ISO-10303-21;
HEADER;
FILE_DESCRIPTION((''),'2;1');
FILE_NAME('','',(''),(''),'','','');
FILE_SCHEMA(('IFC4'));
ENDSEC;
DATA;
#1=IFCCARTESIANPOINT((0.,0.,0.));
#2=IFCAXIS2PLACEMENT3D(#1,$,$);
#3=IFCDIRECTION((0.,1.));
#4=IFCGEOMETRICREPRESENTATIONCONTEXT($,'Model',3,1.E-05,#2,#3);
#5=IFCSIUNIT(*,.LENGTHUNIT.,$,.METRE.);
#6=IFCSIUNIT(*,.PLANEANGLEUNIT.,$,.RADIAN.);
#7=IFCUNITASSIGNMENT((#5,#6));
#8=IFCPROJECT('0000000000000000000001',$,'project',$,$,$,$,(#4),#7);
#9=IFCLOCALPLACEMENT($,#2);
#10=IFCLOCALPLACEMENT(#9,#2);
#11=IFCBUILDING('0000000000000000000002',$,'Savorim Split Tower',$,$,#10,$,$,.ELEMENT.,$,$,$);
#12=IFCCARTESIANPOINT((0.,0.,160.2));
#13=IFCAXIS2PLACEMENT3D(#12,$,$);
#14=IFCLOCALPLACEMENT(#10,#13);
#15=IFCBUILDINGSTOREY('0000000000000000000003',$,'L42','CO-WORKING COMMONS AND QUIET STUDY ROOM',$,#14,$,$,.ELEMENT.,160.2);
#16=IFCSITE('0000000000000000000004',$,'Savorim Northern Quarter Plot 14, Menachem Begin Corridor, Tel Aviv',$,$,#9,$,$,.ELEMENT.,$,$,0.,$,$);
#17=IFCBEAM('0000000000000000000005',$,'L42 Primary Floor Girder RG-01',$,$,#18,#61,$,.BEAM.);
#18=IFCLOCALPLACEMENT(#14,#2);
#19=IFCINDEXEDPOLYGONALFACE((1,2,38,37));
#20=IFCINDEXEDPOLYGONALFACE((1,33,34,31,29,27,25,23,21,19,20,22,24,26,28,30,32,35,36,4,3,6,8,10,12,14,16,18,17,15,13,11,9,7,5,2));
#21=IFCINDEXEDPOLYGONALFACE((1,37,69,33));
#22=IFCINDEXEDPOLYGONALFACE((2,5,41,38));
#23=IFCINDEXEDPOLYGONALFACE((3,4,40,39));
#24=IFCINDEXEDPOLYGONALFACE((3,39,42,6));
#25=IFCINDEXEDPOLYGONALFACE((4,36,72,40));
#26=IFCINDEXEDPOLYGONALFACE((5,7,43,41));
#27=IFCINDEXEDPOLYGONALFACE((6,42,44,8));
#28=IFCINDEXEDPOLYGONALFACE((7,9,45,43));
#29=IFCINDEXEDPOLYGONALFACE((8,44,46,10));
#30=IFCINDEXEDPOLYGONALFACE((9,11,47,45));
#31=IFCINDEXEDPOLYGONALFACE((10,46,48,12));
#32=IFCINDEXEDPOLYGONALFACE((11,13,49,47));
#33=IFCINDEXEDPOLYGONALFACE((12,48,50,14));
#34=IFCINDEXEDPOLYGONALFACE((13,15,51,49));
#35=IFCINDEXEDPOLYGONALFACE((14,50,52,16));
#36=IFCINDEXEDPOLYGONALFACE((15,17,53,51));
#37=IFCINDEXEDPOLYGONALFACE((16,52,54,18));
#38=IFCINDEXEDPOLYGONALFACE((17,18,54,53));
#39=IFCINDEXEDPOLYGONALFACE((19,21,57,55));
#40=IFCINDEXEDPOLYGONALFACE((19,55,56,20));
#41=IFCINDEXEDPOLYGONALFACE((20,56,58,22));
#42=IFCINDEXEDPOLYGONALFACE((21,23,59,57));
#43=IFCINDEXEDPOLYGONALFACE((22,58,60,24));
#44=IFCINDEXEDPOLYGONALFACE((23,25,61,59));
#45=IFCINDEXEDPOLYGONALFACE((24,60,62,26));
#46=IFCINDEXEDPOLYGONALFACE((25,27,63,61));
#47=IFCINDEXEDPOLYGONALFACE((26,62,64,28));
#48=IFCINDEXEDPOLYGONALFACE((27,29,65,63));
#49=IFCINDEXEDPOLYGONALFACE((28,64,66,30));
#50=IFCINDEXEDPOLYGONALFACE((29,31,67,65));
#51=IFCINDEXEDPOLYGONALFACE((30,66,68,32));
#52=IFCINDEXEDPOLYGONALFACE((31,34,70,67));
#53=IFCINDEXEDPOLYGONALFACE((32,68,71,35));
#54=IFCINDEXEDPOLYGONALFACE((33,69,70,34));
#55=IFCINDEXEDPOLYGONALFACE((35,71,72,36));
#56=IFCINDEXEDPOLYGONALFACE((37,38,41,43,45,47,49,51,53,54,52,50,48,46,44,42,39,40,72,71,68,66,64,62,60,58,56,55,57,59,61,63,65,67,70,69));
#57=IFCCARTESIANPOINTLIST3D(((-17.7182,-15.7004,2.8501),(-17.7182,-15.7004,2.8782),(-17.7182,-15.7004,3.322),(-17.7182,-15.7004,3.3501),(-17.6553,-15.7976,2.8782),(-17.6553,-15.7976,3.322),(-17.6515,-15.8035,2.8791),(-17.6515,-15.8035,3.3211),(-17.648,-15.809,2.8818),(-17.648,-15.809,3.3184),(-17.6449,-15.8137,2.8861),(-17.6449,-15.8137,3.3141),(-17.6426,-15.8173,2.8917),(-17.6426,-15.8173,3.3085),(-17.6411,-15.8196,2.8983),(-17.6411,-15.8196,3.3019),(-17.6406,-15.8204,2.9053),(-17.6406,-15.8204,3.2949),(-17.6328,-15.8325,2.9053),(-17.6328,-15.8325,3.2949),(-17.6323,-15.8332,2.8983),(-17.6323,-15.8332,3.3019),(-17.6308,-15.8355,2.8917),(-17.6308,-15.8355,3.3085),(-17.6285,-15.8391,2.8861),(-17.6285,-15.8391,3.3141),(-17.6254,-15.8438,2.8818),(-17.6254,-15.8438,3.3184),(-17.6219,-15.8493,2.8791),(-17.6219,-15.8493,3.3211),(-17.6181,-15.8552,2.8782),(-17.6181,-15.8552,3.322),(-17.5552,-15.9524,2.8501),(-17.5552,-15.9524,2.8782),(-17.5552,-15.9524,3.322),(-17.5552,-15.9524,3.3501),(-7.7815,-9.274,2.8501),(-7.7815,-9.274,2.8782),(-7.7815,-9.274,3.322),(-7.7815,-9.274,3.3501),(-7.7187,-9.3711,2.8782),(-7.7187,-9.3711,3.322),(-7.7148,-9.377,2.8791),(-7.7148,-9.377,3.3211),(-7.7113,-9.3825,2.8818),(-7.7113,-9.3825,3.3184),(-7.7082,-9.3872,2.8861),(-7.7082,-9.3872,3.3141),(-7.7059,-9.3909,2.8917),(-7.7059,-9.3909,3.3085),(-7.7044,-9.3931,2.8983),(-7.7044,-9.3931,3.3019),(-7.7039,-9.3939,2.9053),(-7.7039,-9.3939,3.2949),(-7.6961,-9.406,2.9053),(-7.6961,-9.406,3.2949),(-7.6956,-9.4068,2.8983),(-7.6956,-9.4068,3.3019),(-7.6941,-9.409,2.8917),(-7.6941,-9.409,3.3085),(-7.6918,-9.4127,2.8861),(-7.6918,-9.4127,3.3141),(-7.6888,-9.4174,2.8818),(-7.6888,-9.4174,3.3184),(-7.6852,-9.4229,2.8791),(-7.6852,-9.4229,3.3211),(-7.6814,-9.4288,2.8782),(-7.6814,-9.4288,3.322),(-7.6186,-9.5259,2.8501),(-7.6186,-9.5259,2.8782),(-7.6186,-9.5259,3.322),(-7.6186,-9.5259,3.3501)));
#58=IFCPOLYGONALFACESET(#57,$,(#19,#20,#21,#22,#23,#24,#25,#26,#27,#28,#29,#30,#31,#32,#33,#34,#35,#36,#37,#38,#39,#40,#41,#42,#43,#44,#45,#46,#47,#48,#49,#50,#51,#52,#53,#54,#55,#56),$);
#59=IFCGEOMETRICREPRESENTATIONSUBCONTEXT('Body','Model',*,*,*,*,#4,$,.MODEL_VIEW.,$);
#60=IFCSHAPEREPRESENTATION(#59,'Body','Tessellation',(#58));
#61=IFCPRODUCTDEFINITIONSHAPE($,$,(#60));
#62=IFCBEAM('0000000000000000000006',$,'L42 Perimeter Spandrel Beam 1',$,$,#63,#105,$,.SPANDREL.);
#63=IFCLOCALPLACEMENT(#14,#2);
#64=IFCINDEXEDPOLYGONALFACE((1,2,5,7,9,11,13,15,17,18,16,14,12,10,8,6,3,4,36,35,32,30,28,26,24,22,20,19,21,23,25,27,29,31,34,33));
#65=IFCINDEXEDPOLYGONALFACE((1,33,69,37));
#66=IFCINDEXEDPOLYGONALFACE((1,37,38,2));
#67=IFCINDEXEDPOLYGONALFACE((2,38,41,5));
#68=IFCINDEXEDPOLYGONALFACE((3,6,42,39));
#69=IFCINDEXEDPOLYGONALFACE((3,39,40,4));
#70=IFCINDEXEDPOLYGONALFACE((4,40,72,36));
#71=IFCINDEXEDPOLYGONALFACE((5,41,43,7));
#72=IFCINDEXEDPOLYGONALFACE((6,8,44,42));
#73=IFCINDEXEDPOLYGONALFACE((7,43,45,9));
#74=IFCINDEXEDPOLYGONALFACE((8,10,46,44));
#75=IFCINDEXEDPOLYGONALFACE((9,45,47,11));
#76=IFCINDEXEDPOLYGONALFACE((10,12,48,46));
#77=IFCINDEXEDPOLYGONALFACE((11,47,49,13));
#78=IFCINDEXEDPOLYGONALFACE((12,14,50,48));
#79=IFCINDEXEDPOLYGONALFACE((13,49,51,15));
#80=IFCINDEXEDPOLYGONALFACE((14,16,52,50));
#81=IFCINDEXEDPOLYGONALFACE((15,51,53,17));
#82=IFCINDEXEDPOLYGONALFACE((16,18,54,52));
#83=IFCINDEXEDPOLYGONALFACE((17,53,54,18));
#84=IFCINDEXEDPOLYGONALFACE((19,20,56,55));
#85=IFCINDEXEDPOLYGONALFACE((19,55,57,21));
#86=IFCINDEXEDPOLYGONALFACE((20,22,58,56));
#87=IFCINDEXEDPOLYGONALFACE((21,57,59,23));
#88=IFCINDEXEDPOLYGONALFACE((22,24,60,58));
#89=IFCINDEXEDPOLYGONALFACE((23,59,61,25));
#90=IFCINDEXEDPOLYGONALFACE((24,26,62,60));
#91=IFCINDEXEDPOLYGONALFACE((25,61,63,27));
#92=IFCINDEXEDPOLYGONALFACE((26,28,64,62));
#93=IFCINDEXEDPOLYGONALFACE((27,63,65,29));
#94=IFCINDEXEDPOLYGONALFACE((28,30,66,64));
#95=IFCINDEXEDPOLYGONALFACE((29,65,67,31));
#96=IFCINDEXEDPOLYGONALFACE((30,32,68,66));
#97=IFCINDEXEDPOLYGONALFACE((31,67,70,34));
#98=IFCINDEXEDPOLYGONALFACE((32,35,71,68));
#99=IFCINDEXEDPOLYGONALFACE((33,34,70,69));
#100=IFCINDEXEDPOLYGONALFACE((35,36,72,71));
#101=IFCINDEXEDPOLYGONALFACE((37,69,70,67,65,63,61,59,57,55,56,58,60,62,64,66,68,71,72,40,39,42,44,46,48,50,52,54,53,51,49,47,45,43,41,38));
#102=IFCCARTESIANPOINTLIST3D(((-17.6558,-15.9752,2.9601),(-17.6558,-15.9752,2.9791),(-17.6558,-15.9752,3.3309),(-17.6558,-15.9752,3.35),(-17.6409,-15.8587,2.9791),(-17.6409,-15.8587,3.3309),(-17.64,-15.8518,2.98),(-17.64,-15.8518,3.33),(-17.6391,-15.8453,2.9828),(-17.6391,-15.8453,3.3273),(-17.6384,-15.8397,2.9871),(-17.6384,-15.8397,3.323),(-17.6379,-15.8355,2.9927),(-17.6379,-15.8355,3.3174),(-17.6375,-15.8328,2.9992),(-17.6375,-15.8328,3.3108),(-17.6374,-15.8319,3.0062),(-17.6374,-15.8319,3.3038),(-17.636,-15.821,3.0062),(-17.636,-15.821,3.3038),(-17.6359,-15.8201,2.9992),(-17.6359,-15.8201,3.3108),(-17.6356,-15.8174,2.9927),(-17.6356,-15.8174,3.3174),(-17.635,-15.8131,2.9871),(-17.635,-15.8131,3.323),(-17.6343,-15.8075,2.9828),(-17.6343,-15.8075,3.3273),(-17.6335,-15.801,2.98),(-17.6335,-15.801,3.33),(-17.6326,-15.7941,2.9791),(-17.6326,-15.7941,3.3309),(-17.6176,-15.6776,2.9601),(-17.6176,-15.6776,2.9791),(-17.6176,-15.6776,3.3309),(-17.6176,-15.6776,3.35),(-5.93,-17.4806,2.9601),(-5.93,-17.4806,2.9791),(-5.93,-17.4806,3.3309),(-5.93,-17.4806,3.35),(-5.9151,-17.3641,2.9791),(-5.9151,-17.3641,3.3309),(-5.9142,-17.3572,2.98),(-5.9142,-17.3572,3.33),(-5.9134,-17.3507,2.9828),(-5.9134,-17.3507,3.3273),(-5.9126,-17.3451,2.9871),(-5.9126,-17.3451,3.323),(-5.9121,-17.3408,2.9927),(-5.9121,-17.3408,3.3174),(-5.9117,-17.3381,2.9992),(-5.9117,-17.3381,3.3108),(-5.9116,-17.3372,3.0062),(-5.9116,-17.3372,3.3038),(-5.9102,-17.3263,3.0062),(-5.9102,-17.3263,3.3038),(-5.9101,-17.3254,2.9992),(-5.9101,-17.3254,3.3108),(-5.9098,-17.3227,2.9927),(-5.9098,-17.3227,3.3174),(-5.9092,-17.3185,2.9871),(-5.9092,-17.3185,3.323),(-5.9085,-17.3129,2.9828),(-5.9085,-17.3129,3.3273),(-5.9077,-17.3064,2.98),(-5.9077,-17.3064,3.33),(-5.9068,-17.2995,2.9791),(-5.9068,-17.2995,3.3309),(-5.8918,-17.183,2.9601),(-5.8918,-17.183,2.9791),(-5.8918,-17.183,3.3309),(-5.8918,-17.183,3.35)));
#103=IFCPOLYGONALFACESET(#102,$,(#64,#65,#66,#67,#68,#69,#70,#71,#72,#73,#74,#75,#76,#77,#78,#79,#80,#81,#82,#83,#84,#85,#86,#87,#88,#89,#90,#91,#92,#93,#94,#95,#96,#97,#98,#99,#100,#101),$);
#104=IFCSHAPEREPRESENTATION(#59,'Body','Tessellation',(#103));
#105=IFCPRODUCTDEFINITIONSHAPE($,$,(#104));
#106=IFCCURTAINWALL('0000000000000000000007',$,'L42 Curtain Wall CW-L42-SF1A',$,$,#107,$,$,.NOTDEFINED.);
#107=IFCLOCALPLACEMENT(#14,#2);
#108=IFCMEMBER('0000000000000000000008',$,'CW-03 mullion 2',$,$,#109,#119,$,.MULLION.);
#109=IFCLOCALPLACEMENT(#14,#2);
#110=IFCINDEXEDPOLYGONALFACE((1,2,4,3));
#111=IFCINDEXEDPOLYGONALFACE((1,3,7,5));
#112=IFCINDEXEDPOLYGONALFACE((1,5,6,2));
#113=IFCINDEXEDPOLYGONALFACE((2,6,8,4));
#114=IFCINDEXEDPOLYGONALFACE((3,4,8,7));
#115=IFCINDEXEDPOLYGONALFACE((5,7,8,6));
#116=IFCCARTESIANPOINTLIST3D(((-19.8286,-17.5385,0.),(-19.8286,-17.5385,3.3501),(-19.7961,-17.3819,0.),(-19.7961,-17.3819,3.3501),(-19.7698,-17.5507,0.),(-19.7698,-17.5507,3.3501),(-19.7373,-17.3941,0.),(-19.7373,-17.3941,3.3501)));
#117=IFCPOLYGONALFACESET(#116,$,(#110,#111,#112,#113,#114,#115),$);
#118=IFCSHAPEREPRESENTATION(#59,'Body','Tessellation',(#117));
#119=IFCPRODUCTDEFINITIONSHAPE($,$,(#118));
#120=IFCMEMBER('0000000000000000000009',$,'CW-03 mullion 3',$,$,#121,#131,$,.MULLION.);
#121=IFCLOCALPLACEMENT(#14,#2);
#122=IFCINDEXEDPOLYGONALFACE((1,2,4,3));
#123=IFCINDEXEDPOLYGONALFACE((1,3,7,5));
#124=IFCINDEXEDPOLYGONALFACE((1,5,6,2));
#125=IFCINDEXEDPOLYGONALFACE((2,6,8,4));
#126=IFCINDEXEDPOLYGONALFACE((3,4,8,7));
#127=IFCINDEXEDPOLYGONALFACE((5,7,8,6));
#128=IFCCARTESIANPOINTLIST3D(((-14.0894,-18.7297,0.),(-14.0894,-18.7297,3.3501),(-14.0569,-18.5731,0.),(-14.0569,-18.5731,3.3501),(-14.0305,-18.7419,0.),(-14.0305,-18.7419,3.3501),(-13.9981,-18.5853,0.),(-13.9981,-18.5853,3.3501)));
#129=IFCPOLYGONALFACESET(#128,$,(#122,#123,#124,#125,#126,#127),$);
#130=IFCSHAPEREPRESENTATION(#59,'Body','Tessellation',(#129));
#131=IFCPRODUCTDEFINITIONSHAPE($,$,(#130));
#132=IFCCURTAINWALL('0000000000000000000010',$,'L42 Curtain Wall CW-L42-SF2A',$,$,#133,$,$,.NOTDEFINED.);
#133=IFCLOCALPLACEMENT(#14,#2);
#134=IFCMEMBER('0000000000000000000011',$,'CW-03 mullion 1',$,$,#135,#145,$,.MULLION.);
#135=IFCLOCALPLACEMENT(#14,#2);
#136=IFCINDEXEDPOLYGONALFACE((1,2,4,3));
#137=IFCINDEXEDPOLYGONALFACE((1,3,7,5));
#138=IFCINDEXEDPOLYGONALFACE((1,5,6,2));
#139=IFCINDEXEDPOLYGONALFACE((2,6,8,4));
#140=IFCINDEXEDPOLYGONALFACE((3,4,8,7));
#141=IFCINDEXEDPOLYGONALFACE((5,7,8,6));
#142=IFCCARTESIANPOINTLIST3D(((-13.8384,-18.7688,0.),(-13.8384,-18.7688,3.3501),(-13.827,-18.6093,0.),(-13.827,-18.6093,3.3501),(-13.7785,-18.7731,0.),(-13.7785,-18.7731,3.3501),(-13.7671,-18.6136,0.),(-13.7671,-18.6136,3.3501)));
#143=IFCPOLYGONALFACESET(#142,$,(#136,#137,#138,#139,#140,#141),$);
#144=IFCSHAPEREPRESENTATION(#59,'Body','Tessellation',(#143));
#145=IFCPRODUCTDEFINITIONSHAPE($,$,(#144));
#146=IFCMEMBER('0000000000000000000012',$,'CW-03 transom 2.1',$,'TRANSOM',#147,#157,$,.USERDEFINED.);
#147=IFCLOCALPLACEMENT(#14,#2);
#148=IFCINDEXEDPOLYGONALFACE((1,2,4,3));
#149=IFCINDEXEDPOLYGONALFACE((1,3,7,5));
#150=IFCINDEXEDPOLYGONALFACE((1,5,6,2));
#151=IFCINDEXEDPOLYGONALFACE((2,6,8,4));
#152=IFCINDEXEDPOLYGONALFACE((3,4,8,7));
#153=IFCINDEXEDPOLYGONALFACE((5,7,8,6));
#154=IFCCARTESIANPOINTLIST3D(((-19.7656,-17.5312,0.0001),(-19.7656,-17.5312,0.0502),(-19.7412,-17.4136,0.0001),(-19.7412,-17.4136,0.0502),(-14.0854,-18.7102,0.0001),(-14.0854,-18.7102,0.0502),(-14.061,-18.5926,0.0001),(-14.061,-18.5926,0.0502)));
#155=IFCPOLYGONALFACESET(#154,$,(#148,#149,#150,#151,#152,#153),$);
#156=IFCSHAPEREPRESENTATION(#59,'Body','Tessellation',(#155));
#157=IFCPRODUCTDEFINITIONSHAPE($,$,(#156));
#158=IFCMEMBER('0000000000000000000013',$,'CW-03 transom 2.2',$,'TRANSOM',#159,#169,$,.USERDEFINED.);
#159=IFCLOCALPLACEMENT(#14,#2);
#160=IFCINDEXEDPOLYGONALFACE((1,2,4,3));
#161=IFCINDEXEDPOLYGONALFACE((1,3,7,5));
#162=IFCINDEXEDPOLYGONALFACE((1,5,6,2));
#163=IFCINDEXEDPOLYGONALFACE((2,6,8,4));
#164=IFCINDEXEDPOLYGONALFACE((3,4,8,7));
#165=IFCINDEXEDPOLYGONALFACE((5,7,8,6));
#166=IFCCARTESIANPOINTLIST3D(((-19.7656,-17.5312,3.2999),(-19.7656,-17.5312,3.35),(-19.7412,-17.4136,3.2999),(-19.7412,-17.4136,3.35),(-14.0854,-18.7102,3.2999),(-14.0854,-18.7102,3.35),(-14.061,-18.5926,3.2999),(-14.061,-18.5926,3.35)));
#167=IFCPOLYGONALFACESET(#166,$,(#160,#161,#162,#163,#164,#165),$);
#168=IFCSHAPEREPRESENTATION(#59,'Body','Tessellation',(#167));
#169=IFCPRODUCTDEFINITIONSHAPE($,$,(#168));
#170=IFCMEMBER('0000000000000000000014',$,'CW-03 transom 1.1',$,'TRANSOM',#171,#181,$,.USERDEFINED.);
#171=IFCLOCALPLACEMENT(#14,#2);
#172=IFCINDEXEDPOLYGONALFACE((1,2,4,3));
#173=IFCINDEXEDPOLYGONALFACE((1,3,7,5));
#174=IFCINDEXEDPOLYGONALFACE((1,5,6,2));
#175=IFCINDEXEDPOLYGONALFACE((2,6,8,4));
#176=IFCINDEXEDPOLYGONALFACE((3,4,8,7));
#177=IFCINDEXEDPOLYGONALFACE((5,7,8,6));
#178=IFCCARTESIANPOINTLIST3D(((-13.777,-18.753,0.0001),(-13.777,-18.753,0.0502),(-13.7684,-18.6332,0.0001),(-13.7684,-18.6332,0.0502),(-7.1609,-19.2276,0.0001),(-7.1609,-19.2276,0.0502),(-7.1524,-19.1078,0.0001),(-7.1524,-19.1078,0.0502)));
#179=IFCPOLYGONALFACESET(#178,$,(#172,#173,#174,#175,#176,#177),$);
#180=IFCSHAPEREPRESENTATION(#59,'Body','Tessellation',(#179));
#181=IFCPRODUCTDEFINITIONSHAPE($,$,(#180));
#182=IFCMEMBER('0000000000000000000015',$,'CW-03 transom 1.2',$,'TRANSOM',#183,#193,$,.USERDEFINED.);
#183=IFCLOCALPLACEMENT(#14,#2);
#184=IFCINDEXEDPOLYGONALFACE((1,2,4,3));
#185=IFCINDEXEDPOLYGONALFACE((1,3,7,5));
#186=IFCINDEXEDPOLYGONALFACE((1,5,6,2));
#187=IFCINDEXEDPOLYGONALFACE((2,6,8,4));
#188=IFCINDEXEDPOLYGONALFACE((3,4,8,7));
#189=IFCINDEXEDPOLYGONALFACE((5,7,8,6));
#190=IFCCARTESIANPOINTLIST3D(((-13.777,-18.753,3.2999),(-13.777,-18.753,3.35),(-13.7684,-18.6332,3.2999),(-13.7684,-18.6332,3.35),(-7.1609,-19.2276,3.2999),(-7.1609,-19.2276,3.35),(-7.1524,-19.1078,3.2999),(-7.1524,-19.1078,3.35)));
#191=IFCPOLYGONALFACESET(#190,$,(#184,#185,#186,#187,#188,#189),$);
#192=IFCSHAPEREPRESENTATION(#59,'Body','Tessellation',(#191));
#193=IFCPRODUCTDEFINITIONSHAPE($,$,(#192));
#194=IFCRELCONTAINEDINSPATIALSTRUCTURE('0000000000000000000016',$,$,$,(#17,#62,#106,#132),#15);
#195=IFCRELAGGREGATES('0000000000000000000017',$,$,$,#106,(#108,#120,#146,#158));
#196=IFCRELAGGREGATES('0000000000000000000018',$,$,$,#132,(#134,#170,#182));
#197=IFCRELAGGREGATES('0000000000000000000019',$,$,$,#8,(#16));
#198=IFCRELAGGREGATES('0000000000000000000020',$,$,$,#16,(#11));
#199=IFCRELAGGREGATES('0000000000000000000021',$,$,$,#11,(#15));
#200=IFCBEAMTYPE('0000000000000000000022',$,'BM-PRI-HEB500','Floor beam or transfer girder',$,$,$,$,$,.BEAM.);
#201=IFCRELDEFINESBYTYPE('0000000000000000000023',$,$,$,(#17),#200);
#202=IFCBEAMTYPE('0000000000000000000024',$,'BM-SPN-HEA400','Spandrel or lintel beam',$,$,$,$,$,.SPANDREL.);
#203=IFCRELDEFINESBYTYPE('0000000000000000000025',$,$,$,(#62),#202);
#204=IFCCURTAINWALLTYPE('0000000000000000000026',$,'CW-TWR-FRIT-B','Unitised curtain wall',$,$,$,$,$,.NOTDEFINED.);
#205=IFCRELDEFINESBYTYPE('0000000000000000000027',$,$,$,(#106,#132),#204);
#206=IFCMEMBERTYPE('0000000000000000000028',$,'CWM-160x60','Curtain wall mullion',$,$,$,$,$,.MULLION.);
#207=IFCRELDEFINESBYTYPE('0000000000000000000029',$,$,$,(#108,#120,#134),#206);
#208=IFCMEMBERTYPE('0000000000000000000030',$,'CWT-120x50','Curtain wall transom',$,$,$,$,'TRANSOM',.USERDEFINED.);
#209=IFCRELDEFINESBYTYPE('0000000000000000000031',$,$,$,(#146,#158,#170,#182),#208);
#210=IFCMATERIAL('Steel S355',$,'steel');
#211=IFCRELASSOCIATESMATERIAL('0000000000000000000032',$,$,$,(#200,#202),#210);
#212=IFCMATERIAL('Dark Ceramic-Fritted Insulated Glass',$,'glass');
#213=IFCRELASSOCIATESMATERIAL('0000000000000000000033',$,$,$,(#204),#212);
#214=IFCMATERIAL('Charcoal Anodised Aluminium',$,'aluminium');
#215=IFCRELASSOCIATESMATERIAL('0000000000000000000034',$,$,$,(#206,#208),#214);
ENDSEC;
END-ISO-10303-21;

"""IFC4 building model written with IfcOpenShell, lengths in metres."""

from ifc_helpers import new_model, si_unit, direction, frame, origin, origin_2d, place, context, subcontext, project, spatial, rectangle, i_section, extrude, material, material_profile, profile_set, type_object, element, aggregate, save


model = new_model("IFC4")

# Units and contexts
model_context = context("Model", 3, precision=1e-05, world=origin(), true_north=direction((0.0, 1.0)))
body_context = subcontext(model_context, "Body", "Model", "MODEL_VIEW")
ifc_project = project(units=[si_unit("LENGTHUNIT", "METRE"), si_unit("PLANEANGLEUNIT", "RADIAN")], contexts=[model_context])

# Site, building, storey
site_placement = place(None, origin())
site = spatial("IfcSite", under=ifc_project, at=site_placement, Name="Savorim Northern Quarter Plot 14, Menachem Begin Corridor, Tel Aviv", CompositionType="ELEMENT", RefElevation=0.0)
building_placement = place(site_placement, origin())
building = spatial("IfcBuilding", under=site, at=building_placement, Name="Savorim Split Tower", CompositionType="ELEMENT")
storey_placement = place(building_placement, frame((0.0, 0.0, 160.2)))
storey = spatial("IfcBuildingStorey", under=building, at=storey_placement, Name="L42", Description="CO-WORKING COMMONS AND QUIET STUDY ROOM", CompositionType="ELEMENT", Elevation=160.2)

# Beams
ifc_material_1 = material(Name="Steel S355", Category="steel")
ifc_material_profile_1 = material_profile(ifc_material_1, i_section(OverallWidth=0.3, OverallDepth=0.5, WebThickness=0.0144, FlangeThickness=0.0281, FilletRadius=0.0271, at=origin_2d()), Name="HEB 500")
ifc_profile_set_1 = profile_set([ifc_material_profile_1], Name="Steel S355")
beam_type_1 = type_object("IfcBeamType", Name="BM-PRI-HEB500", Description="Floor beam or transfer girder", PredefinedType="BEAM", material=ifc_profile_set_1)
beam_1_placement = place(storey_placement, frame((-17.6367, -15.8264, 3.1001), z_axis=(0.839692, 0.543063, 0.0), x_axis=(-0.543063, 0.839692, 0.0)))
element("IfcBeam", 1, at=beam_1_placement, inside=storey, type_object=beam_type_1, Name="L42 Primary Floor Girder RG-01", PredefinedType="BEAM", context=body_context, shape_type="SweptSolid", body=[
    extrude(i_section(OverallWidth=0.3, OverallDepth=0.5, WebThickness=0.0144, FlangeThickness=0.0281, FilletRadius=0.0271, at=origin_2d()), origin(), (0.0, 0.0, 1.0), 11.8337),
])
ifc_material_profile_2 = material_profile(ifc_material_1, i_section(OverallWidth=0.3, OverallDepth=0.3899, WebThickness=0.011, FlangeThickness=0.019, FilletRadius=0.0271, at=origin_2d()), Name="HEA 400")
ifc_profile_set_2 = profile_set([ifc_material_profile_2], Name="Steel S355")
beam_type_2 = type_object("IfcBeamType", Name="BM-SPN-HEA400", Description="Spandrel or lintel beam", PredefinedType="SPANDREL", material=ifc_profile_set_2)
beam_2_placement = place(storey_placement, frame((-17.6367, -15.8264, 3.155), z_axis=(0.99186, -0.127336, 0.0), x_axis=(0.127336, 0.99186, 0.0)))
element("IfcBeam", 2, at=beam_2_placement, inside=storey, type_object=beam_type_2, Name="L42 Perimeter Spandrel Beam 1", PredefinedType="SPANDREL", context=body_context, shape_type="SweptSolid", body=[
    extrude(i_section(OverallWidth=0.3, OverallDepth=0.3899, WebThickness=0.011, FlangeThickness=0.019, FilletRadius=0.0271, at=origin_2d()), origin(), (0.0, 0.0, 1.0), 11.822),
])

# Curtain wall, members
ifc_material_2 = material(Name="Dark Ceramic-Fritted Insulated Glass", Category="glass")
curtain_wall_type = type_object("IfcCurtainWallType", Name="CW-TWR-FRIT-B", Description="Unitised curtain wall", PredefinedType="NOTDEFINED", material=ifc_material_2)
curtain_wall_1_placement = place(storey_placement, origin())
curtain_wall_1 = element("IfcCurtainWall", 3, at=curtain_wall_1_placement, inside=storey, type_object=curtain_wall_type, Name="L42 Curtain Wall CW-L42-SF1A", PredefinedType="NOTDEFINED")
ifc_material_3 = material(Name="Charcoal Anodised Aluminium", Category="aluminium")
ifc_material_profile_3 = material_profile(ifc_material_3, rectangle(XDim=0.1599, YDim=0.0601, at=origin_2d()), Name="ALU-M 160x60")
ifc_profile_set_3 = profile_set([ifc_material_profile_3], Name="Charcoal Anodised Aluminium")
member_type_1 = type_object("IfcMemberType", Name="CWM-160x60", Description="Curtain wall mullion", PredefinedType="MULLION", material=ifc_profile_set_3)
member_1_placement = place(storey_placement, frame((-19.783, -17.4663, 0.0), z_axis=(0.0, 0.0, 1.0), x_axis=(0.203212, 0.979135, 0.0)))
member_1 = element("IfcMember", 4, at=member_1_placement, type_object=member_type_1, Name="CW-03 mullion 2", PredefinedType="MULLION", context=body_context, shape_type="SweptSolid", body=[
    extrude(rectangle(XDim=0.1599, YDim=0.0601, at=origin_2d()), origin(), (0.0, 0.0, 1.0), 3.3501),
])
member_2_placement = place(storey_placement, frame((-14.0437, -18.6575, 0.0), z_axis=(0.0, 0.0, 1.0), x_axis=(0.203212, 0.979135, 0.0)))
member_2 = element("IfcMember", 5, at=member_2_placement, type_object=member_type_1, Name="CW-03 mullion 3", PredefinedType="MULLION", context=body_context, shape_type="SweptSolid", body=[
    extrude(rectangle(XDim=0.1599, YDim=0.0601, at=origin_2d()), origin(), (0.0, 0.0, 1.0), 3.3501),
])

# Curtain wall, member
curtain_wall_2_placement = place(storey_placement, origin())
curtain_wall_2 = element("IfcCurtainWall", 6, at=curtain_wall_2_placement, inside=storey, type_object=curtain_wall_type, Name="L42 Curtain Wall CW-L42-SF2A", PredefinedType="NOTDEFINED")
member_3_placement = place(storey_placement, frame((-13.8027, -18.6912, 0.0), z_axis=(0.0, 0.0, 1.0), x_axis=(0.071553, 0.997437, 0.0)))
member_3 = element("IfcMember", 7, at=member_3_placement, type_object=member_type_1, Name="CW-03 mullion 1", PredefinedType="MULLION", context=body_context, shape_type="SweptSolid", body=[
    extrude(rectangle(XDim=0.1599, YDim=0.0601, at=origin_2d()), origin(), (0.0, 0.0, 1.0), 3.3501),
])

# Members
ifc_material_profile_4 = material_profile(ifc_material_3, rectangle(XDim=0.1201, YDim=0.05, at=origin_2d()), Name="ALU-T 120x50")
ifc_profile_set_4 = profile_set([ifc_material_profile_4], Name="Charcoal Anodised Aluminium")
member_type_2 = type_object("IfcMemberType", Name="CWT-120x50", Description="Curtain wall transom", ElementType="TRANSOM", PredefinedType="USERDEFINED", material=ifc_profile_set_4)
member_4_placement = place(storey_placement, frame((-19.7534, -17.4724, 0.0251), z_axis=(0.979132, -0.203225, 0.0), x_axis=(0.203225, 0.979132, 0.0)))
member_4 = element("IfcMember", 8, at=member_4_placement, type_object=member_type_2, Name="CW-03 transom 2.1", ObjectType="TRANSOM", PredefinedType="USERDEFINED", context=body_context, shape_type="SweptSolid", body=[
    extrude(rectangle(XDim=0.1201, YDim=0.05, at=origin_2d()), origin(), (0.0, 0.0, 1.0), 5.8013),
])
member_5_placement = place(storey_placement, frame((-19.7534, -17.4724, 3.325), z_axis=(0.979132, -0.203225, 0.0), x_axis=(0.203225, 0.979132, 0.0)))
member_5 = element("IfcMember", 9, at=member_5_placement, type_object=member_type_2, Name="CW-03 transom 2.2", ObjectType="TRANSOM", PredefinedType="USERDEFINED", context=body_context, shape_type="SweptSolid", body=[
    extrude(rectangle(XDim=0.1201, YDim=0.05, at=origin_2d()), origin(), (0.0, 0.0, 1.0), 5.8013),
])
member_6_placement = place(storey_placement, frame((-13.7727, -18.6931, 0.0251), z_axis=(0.997437, -0.071553, 0.0), x_axis=(0.071553, 0.997437, 0.0)))
member_6 = element("IfcMember", 10, at=member_6_placement, type_object=member_type_2, Name="CW-03 transom 1.1", ObjectType="TRANSOM", PredefinedType="USERDEFINED", context=body_context, shape_type="SweptSolid", body=[
    extrude(rectangle(XDim=0.1201, YDim=0.05, at=origin_2d()), origin(), (0.0, 0.0, 1.0), 6.6331),
])
member_7_placement = place(storey_placement, frame((-13.7727, -18.6931, 3.325), z_axis=(0.997437, -0.071553, 0.0), x_axis=(0.071553, 0.997437, 0.0)))
member_7 = element("IfcMember", 11, at=member_7_placement, type_object=member_type_2, Name="CW-03 transom 1.2", ObjectType="TRANSOM", PredefinedType="USERDEFINED", context=body_context, shape_type="SweptSolid", body=[
    extrude(rectangle(XDim=0.1201, YDim=0.05, at=origin_2d()), origin(), (0.0, 0.0, 1.0), 6.6331),
])

aggregate(curtain_wall_1, [member_1, member_2, member_4, member_5])
aggregate(curtain_wall_2, [member_3, member_6, member_7])

save(model, "model.ifc")
